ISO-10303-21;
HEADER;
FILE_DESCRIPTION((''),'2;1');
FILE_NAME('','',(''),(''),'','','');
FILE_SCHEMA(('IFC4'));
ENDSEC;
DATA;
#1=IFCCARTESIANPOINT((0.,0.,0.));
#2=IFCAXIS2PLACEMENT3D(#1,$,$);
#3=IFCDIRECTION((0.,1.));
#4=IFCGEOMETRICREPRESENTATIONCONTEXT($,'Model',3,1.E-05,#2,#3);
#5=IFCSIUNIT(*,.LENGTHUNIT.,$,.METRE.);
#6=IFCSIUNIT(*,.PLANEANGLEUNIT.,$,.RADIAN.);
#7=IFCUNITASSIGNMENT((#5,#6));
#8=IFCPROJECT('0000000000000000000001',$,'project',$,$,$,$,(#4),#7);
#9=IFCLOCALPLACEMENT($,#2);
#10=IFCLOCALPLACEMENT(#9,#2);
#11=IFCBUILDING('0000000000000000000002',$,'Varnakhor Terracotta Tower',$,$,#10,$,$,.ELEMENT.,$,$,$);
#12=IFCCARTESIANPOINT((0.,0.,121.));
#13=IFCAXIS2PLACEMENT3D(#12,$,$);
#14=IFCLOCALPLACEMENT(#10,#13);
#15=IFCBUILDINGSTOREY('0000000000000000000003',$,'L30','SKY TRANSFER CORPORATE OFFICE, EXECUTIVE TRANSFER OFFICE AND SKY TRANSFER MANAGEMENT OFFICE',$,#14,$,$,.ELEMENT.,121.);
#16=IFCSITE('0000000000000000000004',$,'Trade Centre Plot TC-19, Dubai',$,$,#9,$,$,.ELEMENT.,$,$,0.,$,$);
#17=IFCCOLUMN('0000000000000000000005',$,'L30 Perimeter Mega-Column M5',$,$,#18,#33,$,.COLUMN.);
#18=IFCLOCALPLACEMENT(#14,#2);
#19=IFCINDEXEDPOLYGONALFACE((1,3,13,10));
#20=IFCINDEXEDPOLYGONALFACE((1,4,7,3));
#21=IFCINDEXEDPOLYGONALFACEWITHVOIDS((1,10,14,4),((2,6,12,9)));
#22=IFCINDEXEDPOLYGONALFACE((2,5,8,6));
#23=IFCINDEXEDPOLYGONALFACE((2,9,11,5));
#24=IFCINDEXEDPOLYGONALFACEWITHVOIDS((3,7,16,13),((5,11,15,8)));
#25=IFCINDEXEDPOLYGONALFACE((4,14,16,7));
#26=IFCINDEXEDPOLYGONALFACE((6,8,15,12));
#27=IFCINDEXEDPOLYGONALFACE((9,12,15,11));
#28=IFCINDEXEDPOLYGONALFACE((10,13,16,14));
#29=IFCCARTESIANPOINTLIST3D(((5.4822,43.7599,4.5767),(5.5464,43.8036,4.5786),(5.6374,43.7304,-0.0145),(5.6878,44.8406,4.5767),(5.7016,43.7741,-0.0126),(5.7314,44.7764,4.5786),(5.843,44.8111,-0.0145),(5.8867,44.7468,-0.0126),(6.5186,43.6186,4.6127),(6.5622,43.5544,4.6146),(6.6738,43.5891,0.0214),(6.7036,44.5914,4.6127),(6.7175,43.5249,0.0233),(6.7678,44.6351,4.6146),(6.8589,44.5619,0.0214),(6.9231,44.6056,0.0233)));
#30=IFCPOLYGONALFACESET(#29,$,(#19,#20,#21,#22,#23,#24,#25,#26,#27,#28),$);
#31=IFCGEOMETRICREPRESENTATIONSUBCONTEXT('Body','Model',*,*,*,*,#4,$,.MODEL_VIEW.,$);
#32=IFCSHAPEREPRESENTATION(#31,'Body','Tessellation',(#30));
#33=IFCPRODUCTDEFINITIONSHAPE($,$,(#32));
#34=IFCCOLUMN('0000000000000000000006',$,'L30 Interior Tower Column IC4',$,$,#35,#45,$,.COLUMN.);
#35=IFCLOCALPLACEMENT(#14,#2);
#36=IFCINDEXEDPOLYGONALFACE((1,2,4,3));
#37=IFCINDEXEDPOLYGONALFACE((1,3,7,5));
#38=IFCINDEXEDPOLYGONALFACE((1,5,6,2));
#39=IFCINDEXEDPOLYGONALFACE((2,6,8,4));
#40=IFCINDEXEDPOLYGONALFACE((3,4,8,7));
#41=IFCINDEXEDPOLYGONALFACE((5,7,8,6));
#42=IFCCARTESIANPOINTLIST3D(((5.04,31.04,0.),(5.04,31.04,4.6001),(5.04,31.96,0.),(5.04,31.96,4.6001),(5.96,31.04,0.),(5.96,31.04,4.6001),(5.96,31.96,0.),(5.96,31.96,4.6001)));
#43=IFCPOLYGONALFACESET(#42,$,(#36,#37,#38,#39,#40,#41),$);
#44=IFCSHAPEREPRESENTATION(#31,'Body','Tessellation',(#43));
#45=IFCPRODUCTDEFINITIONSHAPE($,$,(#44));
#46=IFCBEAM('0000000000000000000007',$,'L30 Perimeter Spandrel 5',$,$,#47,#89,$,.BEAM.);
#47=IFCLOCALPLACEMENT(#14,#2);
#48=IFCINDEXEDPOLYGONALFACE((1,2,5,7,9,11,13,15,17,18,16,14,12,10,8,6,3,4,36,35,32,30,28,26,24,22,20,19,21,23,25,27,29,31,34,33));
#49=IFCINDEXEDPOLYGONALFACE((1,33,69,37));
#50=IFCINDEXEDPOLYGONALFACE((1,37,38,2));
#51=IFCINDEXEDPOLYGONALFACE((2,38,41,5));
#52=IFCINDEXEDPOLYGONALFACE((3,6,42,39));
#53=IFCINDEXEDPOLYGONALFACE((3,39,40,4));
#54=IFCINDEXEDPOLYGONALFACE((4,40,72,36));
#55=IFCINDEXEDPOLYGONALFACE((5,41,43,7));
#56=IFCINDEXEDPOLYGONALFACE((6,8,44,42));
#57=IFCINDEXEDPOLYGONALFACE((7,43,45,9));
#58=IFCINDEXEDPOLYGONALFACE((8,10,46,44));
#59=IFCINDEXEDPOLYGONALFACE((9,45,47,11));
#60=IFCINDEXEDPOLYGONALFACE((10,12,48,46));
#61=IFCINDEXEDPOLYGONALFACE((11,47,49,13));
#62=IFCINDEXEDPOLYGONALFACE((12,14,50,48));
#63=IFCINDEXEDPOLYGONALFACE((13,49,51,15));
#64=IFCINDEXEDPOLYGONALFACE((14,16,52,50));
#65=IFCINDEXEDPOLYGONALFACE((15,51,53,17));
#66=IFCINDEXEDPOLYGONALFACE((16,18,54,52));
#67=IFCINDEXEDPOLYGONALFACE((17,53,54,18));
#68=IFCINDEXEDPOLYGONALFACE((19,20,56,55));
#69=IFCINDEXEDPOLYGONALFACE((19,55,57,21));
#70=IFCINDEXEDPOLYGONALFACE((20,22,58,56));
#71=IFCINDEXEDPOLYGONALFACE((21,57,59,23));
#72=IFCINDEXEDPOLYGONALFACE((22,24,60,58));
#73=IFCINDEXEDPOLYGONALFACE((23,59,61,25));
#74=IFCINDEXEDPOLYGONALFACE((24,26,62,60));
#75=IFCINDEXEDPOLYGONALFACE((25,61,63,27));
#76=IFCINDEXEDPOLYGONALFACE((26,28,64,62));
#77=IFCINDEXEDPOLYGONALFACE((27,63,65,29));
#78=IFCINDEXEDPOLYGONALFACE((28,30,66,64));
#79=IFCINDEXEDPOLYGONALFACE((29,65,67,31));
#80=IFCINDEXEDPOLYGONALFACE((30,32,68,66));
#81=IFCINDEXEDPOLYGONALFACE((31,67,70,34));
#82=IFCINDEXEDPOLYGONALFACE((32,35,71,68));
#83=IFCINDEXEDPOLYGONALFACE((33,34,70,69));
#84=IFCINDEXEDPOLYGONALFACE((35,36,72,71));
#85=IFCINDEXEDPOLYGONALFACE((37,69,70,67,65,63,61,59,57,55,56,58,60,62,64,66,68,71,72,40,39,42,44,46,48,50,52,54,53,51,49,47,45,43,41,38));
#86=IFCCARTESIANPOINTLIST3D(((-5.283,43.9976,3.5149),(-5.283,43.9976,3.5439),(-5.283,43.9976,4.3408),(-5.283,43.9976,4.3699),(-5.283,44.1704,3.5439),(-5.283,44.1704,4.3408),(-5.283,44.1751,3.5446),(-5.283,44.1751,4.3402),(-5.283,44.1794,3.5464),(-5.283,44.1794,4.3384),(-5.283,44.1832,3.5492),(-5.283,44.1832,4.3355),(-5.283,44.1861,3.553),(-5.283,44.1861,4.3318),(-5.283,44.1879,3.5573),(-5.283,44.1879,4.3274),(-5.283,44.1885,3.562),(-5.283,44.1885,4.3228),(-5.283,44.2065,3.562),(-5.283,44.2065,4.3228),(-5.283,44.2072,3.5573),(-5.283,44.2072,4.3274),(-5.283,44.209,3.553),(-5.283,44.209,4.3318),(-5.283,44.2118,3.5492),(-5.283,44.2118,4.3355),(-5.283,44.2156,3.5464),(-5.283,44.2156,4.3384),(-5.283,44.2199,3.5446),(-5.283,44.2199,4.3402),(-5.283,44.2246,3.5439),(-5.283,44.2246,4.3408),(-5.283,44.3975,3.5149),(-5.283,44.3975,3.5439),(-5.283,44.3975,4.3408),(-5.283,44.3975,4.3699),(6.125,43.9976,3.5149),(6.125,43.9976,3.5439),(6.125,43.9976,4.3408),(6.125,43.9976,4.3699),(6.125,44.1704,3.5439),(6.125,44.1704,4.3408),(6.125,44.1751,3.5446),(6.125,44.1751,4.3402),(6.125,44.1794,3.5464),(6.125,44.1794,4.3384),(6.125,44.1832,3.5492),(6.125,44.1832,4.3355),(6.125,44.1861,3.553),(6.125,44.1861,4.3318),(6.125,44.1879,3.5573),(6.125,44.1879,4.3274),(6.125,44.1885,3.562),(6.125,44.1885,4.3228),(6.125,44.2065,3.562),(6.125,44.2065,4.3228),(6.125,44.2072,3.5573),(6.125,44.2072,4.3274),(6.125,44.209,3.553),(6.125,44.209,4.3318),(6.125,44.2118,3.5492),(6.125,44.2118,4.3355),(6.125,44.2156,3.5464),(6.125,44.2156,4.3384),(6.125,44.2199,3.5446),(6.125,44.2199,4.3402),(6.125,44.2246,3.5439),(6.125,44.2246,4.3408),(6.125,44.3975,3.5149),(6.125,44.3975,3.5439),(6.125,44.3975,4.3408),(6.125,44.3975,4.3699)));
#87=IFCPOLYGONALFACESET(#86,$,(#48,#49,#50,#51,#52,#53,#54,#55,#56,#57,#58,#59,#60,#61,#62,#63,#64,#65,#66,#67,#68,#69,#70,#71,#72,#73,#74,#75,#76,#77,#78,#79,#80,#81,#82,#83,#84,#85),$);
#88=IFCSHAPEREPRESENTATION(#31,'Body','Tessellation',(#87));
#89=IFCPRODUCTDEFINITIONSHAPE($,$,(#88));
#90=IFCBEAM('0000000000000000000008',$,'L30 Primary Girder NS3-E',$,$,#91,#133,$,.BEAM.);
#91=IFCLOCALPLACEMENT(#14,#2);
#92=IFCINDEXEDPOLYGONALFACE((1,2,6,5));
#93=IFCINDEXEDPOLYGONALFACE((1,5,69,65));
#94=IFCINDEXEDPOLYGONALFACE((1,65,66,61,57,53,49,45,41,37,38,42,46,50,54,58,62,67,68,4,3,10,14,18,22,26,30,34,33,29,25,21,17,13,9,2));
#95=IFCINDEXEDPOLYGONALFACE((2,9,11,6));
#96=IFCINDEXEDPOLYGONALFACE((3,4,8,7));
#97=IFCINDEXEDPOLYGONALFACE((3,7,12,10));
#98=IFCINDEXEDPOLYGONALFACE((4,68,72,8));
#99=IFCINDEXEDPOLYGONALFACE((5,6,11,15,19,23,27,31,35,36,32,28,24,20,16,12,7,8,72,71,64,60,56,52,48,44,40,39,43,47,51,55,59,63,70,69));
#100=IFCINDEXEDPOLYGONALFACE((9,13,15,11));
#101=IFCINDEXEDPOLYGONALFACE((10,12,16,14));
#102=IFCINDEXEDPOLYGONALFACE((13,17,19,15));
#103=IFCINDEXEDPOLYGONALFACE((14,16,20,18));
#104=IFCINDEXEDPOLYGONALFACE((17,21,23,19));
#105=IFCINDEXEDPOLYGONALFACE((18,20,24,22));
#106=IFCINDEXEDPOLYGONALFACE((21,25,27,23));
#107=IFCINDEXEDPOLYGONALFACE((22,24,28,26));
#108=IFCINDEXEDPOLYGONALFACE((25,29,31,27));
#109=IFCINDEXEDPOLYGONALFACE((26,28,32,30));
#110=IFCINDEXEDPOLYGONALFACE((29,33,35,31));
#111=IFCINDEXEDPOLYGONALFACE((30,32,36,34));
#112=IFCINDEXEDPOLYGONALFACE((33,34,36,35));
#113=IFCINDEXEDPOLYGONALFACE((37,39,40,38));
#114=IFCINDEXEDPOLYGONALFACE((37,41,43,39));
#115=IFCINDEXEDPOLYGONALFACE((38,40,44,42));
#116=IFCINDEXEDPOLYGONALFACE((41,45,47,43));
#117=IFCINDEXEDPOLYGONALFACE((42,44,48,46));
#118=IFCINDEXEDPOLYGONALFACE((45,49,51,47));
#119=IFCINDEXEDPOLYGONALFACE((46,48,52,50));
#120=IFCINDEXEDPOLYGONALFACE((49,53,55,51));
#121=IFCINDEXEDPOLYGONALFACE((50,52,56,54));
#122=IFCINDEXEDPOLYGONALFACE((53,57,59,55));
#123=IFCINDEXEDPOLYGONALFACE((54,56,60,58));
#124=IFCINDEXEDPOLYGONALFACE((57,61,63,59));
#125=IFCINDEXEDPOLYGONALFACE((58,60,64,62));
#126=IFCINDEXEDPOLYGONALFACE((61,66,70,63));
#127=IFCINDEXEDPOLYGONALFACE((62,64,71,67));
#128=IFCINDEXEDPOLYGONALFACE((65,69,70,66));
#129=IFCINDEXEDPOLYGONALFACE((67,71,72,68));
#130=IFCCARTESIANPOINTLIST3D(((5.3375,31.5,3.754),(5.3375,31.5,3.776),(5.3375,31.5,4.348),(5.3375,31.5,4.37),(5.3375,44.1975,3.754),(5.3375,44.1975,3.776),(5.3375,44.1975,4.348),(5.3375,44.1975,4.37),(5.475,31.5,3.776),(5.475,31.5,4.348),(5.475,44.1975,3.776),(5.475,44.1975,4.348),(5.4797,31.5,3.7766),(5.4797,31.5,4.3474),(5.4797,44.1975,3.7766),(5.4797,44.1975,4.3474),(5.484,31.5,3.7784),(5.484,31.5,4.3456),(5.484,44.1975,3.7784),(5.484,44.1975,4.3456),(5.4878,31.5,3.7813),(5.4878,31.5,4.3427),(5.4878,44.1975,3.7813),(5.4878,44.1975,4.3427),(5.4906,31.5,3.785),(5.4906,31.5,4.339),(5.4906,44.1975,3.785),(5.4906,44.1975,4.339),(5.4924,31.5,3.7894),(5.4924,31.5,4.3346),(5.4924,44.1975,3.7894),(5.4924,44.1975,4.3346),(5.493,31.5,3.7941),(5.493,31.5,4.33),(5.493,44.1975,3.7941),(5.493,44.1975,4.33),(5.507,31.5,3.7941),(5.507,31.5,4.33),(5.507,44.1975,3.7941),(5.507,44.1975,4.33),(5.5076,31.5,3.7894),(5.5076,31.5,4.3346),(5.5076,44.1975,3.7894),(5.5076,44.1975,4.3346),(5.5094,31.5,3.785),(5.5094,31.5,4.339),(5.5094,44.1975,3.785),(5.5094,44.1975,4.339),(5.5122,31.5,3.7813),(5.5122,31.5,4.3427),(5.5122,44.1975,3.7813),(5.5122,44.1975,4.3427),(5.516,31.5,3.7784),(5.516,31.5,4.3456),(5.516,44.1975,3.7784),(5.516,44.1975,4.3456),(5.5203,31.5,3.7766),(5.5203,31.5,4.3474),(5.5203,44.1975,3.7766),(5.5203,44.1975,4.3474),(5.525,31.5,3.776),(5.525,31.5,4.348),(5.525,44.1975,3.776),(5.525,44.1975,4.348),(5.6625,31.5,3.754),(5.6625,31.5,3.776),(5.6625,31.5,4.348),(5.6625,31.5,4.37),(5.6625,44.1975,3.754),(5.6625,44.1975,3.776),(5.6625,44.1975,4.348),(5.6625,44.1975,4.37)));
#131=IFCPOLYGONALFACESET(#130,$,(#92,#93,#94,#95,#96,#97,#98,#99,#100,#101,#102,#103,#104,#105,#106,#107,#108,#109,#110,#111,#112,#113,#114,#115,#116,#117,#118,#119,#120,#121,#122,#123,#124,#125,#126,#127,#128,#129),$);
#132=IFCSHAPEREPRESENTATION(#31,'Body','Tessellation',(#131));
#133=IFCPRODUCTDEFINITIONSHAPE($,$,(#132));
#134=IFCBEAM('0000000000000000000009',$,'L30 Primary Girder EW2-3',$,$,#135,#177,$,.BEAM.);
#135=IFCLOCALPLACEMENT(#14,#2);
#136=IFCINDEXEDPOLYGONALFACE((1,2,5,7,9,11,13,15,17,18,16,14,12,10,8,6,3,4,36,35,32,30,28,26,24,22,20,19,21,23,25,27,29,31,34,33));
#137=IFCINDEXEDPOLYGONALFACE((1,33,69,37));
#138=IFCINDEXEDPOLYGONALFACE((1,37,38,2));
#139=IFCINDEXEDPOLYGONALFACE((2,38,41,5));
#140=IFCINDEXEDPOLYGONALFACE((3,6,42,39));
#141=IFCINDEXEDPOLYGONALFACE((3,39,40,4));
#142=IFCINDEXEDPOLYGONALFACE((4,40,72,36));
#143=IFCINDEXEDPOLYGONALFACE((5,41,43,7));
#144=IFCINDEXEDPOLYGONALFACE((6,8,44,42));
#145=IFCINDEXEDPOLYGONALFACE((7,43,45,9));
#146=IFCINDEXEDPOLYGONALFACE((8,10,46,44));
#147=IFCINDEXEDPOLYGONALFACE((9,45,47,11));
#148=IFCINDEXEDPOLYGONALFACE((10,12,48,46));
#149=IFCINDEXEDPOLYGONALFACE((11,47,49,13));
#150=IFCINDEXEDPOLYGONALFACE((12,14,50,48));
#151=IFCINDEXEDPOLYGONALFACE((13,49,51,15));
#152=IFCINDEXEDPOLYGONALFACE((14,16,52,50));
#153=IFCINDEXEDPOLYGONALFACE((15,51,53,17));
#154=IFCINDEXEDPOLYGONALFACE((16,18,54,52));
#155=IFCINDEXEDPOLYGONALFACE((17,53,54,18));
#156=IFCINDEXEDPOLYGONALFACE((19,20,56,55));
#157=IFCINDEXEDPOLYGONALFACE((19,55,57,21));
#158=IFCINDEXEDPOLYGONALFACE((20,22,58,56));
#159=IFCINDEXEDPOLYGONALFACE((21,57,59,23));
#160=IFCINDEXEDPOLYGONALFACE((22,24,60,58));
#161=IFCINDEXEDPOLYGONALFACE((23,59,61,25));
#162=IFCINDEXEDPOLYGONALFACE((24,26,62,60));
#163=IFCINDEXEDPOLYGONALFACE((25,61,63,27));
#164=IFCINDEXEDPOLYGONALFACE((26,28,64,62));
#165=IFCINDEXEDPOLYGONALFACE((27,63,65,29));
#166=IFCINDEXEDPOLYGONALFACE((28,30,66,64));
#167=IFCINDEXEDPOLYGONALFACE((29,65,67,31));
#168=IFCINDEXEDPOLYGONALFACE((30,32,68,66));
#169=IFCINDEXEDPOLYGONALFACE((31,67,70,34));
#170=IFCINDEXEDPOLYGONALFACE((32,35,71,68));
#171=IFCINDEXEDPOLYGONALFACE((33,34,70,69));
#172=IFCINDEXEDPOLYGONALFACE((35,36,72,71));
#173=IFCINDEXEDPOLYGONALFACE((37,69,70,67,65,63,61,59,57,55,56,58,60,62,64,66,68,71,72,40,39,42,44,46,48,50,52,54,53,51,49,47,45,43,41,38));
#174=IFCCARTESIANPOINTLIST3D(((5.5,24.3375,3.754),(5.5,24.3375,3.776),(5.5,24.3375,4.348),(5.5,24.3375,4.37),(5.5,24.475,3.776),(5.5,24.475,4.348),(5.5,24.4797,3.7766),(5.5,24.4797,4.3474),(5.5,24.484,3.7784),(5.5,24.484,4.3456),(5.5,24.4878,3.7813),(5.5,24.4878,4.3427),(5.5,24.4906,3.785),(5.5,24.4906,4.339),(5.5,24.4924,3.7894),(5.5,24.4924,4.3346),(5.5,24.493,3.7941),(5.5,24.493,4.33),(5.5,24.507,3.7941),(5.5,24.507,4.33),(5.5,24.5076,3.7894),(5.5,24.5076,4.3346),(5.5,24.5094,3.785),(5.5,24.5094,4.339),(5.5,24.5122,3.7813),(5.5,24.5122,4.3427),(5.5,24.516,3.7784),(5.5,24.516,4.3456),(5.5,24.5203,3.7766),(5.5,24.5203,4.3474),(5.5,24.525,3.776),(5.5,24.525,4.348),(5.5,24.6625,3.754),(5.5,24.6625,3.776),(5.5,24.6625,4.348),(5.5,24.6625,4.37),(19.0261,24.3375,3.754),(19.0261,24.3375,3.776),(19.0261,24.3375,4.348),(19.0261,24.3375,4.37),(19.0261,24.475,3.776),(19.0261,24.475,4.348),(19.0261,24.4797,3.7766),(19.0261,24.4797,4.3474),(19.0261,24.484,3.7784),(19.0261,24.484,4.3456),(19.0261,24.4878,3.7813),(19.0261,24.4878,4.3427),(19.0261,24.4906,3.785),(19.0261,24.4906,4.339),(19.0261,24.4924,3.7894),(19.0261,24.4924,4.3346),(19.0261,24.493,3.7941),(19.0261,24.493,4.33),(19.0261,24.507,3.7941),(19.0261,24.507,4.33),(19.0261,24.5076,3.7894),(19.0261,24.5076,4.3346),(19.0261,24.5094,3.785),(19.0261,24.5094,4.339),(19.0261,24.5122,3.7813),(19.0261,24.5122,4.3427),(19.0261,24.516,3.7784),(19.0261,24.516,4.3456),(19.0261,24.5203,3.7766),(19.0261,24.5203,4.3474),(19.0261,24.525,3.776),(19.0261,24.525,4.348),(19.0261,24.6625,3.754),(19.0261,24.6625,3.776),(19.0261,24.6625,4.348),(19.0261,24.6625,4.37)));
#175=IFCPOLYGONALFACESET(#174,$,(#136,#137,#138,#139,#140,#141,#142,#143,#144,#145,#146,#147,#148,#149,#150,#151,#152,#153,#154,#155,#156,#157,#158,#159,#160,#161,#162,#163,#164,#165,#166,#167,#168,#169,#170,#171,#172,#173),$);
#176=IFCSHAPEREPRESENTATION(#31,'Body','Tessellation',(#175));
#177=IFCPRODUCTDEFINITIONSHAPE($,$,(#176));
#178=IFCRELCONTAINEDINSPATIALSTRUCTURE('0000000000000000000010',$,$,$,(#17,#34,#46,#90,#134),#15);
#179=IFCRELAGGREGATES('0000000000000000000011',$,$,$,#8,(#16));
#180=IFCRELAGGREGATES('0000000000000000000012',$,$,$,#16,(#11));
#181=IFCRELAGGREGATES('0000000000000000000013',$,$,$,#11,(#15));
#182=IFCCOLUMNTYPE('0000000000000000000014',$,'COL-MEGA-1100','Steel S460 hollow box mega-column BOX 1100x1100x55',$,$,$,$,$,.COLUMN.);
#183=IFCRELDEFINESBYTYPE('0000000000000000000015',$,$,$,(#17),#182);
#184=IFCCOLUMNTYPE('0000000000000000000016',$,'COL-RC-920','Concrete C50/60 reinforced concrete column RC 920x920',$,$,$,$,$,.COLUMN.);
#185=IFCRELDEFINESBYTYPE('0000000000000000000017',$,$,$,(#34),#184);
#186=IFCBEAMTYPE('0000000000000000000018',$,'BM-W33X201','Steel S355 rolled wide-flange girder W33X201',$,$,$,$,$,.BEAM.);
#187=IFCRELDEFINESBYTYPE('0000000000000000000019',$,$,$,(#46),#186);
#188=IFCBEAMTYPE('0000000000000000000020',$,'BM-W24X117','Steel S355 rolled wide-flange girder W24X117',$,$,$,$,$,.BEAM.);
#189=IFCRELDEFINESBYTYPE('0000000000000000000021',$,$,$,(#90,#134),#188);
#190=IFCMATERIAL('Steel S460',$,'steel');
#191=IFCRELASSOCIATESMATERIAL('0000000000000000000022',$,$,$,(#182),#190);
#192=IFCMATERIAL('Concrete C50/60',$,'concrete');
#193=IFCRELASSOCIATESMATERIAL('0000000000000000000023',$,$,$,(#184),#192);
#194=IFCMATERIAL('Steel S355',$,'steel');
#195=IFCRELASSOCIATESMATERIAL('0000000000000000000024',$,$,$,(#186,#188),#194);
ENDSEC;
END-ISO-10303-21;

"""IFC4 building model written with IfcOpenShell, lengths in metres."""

from ifc_helpers import new_model, si_unit, direction, frame, origin, origin_2d, place, context, subcontext, project, spatial, rectangle, hollow_rectangle, i_section, extrude, source, transform, mapped, material, material_profile, profile_set, type_object, type_shapes, element, save


model = new_model("IFC4")

# Units and contexts
model_context = context("Model", 3, precision=1e-05, world=origin(), true_north=direction((0.0, 1.0)))
body_context = subcontext(model_context, "Body", "Model", "MODEL_VIEW")
ifc_project = project(units=[si_unit("LENGTHUNIT", "METRE"), si_unit("PLANEANGLEUNIT", "RADIAN")], contexts=[model_context])

# Site, building, storey
site_placement = place(None, origin())
site = spatial("IfcSite", under=ifc_project, at=site_placement, Name="Trade Centre Plot TC-19, Dubai", CompositionType="ELEMENT", RefElevation=0.0)
building_placement = place(site_placement, origin())
building = spatial("IfcBuilding", under=site, at=building_placement, Name="Varnakhor Terracotta Tower", CompositionType="ELEMENT")
storey_placement = place(building_placement, frame((0.0, 0.0, 121.0)))
storey = spatial("IfcBuildingStorey", under=building, at=storey_placement, Name="L30", Description="SKY TRANSFER CORPORATE OFFICE, EXECUTIVE TRANSFER OFFICE AND SKY TRANSFER MANAGEMENT OFFICE", CompositionType="ELEMENT", Elevation=121.0)

# Columns
ifc_material_1 = material(Name="Steel S460", Category="steel")
ifc_material_profile_1 = material_profile(ifc_material_1, hollow_rectangle(XDim=1.1001, YDim=1.1001, WallThickness=0.0549, at=origin_2d()), Name="BOX 1100x1100x55")
ifc_profile_set_1 = profile_set([ifc_material_profile_1], Name="Steel S460")
column_type_1 = type_object("IfcColumnType", Name="COL-MEGA-1100", Description="Steel S460 hollow box mega-column BOX 1100x1100x55", PredefinedType="COLUMN", material=ifc_profile_set_1)
shared_shape_1 = source(origin(), body_context, "Body", "SweptSolid", [
    extrude(hollow_rectangle(XDim=1.1001, YDim=1.1001, WallThickness=0.0549, at=origin_2d()), origin(), (0.0, 0.0, 1.0), 4.594),
])
column_1_placement = place(storey_placement, frame((6.2803, 44.168, 0.0044), z_axis=(-0.033799, 0.00643, 0.999408), x_axis=(-0.186899, -0.982379, 0.0)))
element("IfcColumn", 1, at=column_1_placement, inside=storey, type_object=column_type_1, Name="L30 Perimeter Mega-Column M5", PredefinedType="COLUMN", context=body_context, shape_type="MappedRepresentation", body=[
    mapped(shared_shape_1, transform((0.0, 0.0, 0.0), scale=1.0)),
])
ifc_material_2 = material(Name="Concrete C50/60", Category="concrete")
ifc_material_profile_2 = material_profile(ifc_material_2, rectangle(XDim=0.9199, YDim=0.9199, at=origin_2d()), Name="RC 920x920")
ifc_profile_set_2 = profile_set([ifc_material_profile_2], Name="Concrete C50/60")
column_type_2 = type_object("IfcColumnType", Name="COL-RC-920", Description="Concrete C50/60 reinforced concrete column RC 920x920", PredefinedType="COLUMN", material=ifc_profile_set_2)
shared_shape_2 = source(origin(), body_context, "Body", "SweptSolid", [
    extrude(rectangle(XDim=0.9199, YDim=0.9199, at=origin_2d()), origin(), (0.0, 0.0, 1.0), 4.6001),
])
type_shapes(column_type_2, [shared_shape_2])
column_2_placement = place(storey_placement, frame((5.5, 31.5, 0.0), z_axis=(0.0, 0.0, 1.0), x_axis=(1.0, 0.0, 0.0)))
element("IfcColumn", 2, at=column_2_placement, inside=storey, type_object=column_type_2, Name="L30 Interior Tower Column IC4", PredefinedType="COLUMN", context=body_context, shape_type="MappedRepresentation", body=[
    mapped(shared_shape_2, transform((0.0, 0.0, 0.0), scale=1.0)),
])

# Beams
ifc_material_3 = material(Name="Steel S355", Category="steel")
ifc_material_profile_3 = material_profile(ifc_material_3, i_section(OverallWidth=0.3999, OverallDepth=0.855, WebThickness=0.0181, FlangeThickness=0.0291, FilletRadius=0.0181, at=origin_2d()), Name="W33X201")
ifc_profile_set_3 = profile_set([ifc_material_profile_3], Name="Steel S355")
beam_type_1 = type_object("IfcBeamType", Name="BM-W33X201", Description="Steel S355 rolled wide-flange girder W33X201", PredefinedType="BEAM", material=ifc_profile_set_3)
shared_shape_3 = source(origin(), body_context, "Body", "SweptSolid", [
    extrude(i_section(OverallWidth=0.3999, OverallDepth=0.855, WebThickness=0.0181, FlangeThickness=0.0291, FilletRadius=0.0181, at=origin_2d()), origin(), (0.0, 0.0, 1.0), 11.408),
])
beam_1_placement = place(storey_placement, frame((6.125, 44.1975, 3.9424), z_axis=(-1.0, 0.0, 0.0), x_axis=(0.0, -1.0, 0.0)))
element("IfcBeam", 3, at=beam_1_placement, inside=storey, type_object=beam_type_1, Name="L30 Perimeter Spandrel 5", PredefinedType="BEAM", context=body_context, shape_type="MappedRepresentation", body=[
    mapped(shared_shape_3, transform((0.0, 0.0, 0.0), scale=1.0)),
])
ifc_material_profile_4 = material_profile(ifc_material_3, i_section(OverallWidth=0.325, OverallDepth=0.616, WebThickness=0.0139, FlangeThickness=0.022, FilletRadius=0.0181, at=origin_2d()), Name="W24X117")
ifc_profile_set_4 = profile_set([ifc_material_profile_4], Name="Steel S355")
beam_type_2 = type_object("IfcBeamType", Name="BM-W24X117", Description="Steel S355 rolled wide-flange girder W24X117", PredefinedType="BEAM", material=ifc_profile_set_4)
shared_shape_4 = source(origin(), body_context, "Body", "SweptSolid", [
    extrude(i_section(OverallWidth=0.325, OverallDepth=0.616, WebThickness=0.0139, FlangeThickness=0.022, FilletRadius=0.0181, at=origin_2d()), origin(), (0.0, 0.0, 1.0), 12.6975),
])
beam_2_placement = place(storey_placement, frame((5.5, 31.5, 4.062), z_axis=(0.0, 1.0, 0.0), x_axis=(-1.0, 0.0, 0.0)))
element("IfcBeam", 4, at=beam_2_placement, inside=storey, type_object=beam_type_2, Name="L30 Primary Girder NS3-E", PredefinedType="BEAM", context=body_context, shape_type="MappedRepresentation", body=[
    mapped(shared_shape_4, transform((0.0, 0.0, 0.0), scale=1.0)),
])
shared_shape_5 = source(origin(), body_context, "Body", "SweptSolid", [
    extrude(i_section(OverallWidth=0.325, OverallDepth=0.616, WebThickness=0.0139, FlangeThickness=0.022, FilletRadius=0.0181, at=origin_2d()), origin(), (0.0, 0.0, 1.0), 13.5261),
])
beam_3_placement = place(storey_placement, frame((5.5, 24.5, 4.062), z_axis=(1.0, 0.0, 0.0), x_axis=(0.0, 1.0, 0.0)))
element("IfcBeam", 5, at=beam_3_placement, inside=storey, type_object=beam_type_2, Name="L30 Primary Girder EW2-3", PredefinedType="BEAM", context=body_context, shape_type="MappedRepresentation", body=[
    mapped(shared_shape_5, transform((0.0, 0.0, 0.0), scale=1.0)),
])

save(model, "model.ifc")
